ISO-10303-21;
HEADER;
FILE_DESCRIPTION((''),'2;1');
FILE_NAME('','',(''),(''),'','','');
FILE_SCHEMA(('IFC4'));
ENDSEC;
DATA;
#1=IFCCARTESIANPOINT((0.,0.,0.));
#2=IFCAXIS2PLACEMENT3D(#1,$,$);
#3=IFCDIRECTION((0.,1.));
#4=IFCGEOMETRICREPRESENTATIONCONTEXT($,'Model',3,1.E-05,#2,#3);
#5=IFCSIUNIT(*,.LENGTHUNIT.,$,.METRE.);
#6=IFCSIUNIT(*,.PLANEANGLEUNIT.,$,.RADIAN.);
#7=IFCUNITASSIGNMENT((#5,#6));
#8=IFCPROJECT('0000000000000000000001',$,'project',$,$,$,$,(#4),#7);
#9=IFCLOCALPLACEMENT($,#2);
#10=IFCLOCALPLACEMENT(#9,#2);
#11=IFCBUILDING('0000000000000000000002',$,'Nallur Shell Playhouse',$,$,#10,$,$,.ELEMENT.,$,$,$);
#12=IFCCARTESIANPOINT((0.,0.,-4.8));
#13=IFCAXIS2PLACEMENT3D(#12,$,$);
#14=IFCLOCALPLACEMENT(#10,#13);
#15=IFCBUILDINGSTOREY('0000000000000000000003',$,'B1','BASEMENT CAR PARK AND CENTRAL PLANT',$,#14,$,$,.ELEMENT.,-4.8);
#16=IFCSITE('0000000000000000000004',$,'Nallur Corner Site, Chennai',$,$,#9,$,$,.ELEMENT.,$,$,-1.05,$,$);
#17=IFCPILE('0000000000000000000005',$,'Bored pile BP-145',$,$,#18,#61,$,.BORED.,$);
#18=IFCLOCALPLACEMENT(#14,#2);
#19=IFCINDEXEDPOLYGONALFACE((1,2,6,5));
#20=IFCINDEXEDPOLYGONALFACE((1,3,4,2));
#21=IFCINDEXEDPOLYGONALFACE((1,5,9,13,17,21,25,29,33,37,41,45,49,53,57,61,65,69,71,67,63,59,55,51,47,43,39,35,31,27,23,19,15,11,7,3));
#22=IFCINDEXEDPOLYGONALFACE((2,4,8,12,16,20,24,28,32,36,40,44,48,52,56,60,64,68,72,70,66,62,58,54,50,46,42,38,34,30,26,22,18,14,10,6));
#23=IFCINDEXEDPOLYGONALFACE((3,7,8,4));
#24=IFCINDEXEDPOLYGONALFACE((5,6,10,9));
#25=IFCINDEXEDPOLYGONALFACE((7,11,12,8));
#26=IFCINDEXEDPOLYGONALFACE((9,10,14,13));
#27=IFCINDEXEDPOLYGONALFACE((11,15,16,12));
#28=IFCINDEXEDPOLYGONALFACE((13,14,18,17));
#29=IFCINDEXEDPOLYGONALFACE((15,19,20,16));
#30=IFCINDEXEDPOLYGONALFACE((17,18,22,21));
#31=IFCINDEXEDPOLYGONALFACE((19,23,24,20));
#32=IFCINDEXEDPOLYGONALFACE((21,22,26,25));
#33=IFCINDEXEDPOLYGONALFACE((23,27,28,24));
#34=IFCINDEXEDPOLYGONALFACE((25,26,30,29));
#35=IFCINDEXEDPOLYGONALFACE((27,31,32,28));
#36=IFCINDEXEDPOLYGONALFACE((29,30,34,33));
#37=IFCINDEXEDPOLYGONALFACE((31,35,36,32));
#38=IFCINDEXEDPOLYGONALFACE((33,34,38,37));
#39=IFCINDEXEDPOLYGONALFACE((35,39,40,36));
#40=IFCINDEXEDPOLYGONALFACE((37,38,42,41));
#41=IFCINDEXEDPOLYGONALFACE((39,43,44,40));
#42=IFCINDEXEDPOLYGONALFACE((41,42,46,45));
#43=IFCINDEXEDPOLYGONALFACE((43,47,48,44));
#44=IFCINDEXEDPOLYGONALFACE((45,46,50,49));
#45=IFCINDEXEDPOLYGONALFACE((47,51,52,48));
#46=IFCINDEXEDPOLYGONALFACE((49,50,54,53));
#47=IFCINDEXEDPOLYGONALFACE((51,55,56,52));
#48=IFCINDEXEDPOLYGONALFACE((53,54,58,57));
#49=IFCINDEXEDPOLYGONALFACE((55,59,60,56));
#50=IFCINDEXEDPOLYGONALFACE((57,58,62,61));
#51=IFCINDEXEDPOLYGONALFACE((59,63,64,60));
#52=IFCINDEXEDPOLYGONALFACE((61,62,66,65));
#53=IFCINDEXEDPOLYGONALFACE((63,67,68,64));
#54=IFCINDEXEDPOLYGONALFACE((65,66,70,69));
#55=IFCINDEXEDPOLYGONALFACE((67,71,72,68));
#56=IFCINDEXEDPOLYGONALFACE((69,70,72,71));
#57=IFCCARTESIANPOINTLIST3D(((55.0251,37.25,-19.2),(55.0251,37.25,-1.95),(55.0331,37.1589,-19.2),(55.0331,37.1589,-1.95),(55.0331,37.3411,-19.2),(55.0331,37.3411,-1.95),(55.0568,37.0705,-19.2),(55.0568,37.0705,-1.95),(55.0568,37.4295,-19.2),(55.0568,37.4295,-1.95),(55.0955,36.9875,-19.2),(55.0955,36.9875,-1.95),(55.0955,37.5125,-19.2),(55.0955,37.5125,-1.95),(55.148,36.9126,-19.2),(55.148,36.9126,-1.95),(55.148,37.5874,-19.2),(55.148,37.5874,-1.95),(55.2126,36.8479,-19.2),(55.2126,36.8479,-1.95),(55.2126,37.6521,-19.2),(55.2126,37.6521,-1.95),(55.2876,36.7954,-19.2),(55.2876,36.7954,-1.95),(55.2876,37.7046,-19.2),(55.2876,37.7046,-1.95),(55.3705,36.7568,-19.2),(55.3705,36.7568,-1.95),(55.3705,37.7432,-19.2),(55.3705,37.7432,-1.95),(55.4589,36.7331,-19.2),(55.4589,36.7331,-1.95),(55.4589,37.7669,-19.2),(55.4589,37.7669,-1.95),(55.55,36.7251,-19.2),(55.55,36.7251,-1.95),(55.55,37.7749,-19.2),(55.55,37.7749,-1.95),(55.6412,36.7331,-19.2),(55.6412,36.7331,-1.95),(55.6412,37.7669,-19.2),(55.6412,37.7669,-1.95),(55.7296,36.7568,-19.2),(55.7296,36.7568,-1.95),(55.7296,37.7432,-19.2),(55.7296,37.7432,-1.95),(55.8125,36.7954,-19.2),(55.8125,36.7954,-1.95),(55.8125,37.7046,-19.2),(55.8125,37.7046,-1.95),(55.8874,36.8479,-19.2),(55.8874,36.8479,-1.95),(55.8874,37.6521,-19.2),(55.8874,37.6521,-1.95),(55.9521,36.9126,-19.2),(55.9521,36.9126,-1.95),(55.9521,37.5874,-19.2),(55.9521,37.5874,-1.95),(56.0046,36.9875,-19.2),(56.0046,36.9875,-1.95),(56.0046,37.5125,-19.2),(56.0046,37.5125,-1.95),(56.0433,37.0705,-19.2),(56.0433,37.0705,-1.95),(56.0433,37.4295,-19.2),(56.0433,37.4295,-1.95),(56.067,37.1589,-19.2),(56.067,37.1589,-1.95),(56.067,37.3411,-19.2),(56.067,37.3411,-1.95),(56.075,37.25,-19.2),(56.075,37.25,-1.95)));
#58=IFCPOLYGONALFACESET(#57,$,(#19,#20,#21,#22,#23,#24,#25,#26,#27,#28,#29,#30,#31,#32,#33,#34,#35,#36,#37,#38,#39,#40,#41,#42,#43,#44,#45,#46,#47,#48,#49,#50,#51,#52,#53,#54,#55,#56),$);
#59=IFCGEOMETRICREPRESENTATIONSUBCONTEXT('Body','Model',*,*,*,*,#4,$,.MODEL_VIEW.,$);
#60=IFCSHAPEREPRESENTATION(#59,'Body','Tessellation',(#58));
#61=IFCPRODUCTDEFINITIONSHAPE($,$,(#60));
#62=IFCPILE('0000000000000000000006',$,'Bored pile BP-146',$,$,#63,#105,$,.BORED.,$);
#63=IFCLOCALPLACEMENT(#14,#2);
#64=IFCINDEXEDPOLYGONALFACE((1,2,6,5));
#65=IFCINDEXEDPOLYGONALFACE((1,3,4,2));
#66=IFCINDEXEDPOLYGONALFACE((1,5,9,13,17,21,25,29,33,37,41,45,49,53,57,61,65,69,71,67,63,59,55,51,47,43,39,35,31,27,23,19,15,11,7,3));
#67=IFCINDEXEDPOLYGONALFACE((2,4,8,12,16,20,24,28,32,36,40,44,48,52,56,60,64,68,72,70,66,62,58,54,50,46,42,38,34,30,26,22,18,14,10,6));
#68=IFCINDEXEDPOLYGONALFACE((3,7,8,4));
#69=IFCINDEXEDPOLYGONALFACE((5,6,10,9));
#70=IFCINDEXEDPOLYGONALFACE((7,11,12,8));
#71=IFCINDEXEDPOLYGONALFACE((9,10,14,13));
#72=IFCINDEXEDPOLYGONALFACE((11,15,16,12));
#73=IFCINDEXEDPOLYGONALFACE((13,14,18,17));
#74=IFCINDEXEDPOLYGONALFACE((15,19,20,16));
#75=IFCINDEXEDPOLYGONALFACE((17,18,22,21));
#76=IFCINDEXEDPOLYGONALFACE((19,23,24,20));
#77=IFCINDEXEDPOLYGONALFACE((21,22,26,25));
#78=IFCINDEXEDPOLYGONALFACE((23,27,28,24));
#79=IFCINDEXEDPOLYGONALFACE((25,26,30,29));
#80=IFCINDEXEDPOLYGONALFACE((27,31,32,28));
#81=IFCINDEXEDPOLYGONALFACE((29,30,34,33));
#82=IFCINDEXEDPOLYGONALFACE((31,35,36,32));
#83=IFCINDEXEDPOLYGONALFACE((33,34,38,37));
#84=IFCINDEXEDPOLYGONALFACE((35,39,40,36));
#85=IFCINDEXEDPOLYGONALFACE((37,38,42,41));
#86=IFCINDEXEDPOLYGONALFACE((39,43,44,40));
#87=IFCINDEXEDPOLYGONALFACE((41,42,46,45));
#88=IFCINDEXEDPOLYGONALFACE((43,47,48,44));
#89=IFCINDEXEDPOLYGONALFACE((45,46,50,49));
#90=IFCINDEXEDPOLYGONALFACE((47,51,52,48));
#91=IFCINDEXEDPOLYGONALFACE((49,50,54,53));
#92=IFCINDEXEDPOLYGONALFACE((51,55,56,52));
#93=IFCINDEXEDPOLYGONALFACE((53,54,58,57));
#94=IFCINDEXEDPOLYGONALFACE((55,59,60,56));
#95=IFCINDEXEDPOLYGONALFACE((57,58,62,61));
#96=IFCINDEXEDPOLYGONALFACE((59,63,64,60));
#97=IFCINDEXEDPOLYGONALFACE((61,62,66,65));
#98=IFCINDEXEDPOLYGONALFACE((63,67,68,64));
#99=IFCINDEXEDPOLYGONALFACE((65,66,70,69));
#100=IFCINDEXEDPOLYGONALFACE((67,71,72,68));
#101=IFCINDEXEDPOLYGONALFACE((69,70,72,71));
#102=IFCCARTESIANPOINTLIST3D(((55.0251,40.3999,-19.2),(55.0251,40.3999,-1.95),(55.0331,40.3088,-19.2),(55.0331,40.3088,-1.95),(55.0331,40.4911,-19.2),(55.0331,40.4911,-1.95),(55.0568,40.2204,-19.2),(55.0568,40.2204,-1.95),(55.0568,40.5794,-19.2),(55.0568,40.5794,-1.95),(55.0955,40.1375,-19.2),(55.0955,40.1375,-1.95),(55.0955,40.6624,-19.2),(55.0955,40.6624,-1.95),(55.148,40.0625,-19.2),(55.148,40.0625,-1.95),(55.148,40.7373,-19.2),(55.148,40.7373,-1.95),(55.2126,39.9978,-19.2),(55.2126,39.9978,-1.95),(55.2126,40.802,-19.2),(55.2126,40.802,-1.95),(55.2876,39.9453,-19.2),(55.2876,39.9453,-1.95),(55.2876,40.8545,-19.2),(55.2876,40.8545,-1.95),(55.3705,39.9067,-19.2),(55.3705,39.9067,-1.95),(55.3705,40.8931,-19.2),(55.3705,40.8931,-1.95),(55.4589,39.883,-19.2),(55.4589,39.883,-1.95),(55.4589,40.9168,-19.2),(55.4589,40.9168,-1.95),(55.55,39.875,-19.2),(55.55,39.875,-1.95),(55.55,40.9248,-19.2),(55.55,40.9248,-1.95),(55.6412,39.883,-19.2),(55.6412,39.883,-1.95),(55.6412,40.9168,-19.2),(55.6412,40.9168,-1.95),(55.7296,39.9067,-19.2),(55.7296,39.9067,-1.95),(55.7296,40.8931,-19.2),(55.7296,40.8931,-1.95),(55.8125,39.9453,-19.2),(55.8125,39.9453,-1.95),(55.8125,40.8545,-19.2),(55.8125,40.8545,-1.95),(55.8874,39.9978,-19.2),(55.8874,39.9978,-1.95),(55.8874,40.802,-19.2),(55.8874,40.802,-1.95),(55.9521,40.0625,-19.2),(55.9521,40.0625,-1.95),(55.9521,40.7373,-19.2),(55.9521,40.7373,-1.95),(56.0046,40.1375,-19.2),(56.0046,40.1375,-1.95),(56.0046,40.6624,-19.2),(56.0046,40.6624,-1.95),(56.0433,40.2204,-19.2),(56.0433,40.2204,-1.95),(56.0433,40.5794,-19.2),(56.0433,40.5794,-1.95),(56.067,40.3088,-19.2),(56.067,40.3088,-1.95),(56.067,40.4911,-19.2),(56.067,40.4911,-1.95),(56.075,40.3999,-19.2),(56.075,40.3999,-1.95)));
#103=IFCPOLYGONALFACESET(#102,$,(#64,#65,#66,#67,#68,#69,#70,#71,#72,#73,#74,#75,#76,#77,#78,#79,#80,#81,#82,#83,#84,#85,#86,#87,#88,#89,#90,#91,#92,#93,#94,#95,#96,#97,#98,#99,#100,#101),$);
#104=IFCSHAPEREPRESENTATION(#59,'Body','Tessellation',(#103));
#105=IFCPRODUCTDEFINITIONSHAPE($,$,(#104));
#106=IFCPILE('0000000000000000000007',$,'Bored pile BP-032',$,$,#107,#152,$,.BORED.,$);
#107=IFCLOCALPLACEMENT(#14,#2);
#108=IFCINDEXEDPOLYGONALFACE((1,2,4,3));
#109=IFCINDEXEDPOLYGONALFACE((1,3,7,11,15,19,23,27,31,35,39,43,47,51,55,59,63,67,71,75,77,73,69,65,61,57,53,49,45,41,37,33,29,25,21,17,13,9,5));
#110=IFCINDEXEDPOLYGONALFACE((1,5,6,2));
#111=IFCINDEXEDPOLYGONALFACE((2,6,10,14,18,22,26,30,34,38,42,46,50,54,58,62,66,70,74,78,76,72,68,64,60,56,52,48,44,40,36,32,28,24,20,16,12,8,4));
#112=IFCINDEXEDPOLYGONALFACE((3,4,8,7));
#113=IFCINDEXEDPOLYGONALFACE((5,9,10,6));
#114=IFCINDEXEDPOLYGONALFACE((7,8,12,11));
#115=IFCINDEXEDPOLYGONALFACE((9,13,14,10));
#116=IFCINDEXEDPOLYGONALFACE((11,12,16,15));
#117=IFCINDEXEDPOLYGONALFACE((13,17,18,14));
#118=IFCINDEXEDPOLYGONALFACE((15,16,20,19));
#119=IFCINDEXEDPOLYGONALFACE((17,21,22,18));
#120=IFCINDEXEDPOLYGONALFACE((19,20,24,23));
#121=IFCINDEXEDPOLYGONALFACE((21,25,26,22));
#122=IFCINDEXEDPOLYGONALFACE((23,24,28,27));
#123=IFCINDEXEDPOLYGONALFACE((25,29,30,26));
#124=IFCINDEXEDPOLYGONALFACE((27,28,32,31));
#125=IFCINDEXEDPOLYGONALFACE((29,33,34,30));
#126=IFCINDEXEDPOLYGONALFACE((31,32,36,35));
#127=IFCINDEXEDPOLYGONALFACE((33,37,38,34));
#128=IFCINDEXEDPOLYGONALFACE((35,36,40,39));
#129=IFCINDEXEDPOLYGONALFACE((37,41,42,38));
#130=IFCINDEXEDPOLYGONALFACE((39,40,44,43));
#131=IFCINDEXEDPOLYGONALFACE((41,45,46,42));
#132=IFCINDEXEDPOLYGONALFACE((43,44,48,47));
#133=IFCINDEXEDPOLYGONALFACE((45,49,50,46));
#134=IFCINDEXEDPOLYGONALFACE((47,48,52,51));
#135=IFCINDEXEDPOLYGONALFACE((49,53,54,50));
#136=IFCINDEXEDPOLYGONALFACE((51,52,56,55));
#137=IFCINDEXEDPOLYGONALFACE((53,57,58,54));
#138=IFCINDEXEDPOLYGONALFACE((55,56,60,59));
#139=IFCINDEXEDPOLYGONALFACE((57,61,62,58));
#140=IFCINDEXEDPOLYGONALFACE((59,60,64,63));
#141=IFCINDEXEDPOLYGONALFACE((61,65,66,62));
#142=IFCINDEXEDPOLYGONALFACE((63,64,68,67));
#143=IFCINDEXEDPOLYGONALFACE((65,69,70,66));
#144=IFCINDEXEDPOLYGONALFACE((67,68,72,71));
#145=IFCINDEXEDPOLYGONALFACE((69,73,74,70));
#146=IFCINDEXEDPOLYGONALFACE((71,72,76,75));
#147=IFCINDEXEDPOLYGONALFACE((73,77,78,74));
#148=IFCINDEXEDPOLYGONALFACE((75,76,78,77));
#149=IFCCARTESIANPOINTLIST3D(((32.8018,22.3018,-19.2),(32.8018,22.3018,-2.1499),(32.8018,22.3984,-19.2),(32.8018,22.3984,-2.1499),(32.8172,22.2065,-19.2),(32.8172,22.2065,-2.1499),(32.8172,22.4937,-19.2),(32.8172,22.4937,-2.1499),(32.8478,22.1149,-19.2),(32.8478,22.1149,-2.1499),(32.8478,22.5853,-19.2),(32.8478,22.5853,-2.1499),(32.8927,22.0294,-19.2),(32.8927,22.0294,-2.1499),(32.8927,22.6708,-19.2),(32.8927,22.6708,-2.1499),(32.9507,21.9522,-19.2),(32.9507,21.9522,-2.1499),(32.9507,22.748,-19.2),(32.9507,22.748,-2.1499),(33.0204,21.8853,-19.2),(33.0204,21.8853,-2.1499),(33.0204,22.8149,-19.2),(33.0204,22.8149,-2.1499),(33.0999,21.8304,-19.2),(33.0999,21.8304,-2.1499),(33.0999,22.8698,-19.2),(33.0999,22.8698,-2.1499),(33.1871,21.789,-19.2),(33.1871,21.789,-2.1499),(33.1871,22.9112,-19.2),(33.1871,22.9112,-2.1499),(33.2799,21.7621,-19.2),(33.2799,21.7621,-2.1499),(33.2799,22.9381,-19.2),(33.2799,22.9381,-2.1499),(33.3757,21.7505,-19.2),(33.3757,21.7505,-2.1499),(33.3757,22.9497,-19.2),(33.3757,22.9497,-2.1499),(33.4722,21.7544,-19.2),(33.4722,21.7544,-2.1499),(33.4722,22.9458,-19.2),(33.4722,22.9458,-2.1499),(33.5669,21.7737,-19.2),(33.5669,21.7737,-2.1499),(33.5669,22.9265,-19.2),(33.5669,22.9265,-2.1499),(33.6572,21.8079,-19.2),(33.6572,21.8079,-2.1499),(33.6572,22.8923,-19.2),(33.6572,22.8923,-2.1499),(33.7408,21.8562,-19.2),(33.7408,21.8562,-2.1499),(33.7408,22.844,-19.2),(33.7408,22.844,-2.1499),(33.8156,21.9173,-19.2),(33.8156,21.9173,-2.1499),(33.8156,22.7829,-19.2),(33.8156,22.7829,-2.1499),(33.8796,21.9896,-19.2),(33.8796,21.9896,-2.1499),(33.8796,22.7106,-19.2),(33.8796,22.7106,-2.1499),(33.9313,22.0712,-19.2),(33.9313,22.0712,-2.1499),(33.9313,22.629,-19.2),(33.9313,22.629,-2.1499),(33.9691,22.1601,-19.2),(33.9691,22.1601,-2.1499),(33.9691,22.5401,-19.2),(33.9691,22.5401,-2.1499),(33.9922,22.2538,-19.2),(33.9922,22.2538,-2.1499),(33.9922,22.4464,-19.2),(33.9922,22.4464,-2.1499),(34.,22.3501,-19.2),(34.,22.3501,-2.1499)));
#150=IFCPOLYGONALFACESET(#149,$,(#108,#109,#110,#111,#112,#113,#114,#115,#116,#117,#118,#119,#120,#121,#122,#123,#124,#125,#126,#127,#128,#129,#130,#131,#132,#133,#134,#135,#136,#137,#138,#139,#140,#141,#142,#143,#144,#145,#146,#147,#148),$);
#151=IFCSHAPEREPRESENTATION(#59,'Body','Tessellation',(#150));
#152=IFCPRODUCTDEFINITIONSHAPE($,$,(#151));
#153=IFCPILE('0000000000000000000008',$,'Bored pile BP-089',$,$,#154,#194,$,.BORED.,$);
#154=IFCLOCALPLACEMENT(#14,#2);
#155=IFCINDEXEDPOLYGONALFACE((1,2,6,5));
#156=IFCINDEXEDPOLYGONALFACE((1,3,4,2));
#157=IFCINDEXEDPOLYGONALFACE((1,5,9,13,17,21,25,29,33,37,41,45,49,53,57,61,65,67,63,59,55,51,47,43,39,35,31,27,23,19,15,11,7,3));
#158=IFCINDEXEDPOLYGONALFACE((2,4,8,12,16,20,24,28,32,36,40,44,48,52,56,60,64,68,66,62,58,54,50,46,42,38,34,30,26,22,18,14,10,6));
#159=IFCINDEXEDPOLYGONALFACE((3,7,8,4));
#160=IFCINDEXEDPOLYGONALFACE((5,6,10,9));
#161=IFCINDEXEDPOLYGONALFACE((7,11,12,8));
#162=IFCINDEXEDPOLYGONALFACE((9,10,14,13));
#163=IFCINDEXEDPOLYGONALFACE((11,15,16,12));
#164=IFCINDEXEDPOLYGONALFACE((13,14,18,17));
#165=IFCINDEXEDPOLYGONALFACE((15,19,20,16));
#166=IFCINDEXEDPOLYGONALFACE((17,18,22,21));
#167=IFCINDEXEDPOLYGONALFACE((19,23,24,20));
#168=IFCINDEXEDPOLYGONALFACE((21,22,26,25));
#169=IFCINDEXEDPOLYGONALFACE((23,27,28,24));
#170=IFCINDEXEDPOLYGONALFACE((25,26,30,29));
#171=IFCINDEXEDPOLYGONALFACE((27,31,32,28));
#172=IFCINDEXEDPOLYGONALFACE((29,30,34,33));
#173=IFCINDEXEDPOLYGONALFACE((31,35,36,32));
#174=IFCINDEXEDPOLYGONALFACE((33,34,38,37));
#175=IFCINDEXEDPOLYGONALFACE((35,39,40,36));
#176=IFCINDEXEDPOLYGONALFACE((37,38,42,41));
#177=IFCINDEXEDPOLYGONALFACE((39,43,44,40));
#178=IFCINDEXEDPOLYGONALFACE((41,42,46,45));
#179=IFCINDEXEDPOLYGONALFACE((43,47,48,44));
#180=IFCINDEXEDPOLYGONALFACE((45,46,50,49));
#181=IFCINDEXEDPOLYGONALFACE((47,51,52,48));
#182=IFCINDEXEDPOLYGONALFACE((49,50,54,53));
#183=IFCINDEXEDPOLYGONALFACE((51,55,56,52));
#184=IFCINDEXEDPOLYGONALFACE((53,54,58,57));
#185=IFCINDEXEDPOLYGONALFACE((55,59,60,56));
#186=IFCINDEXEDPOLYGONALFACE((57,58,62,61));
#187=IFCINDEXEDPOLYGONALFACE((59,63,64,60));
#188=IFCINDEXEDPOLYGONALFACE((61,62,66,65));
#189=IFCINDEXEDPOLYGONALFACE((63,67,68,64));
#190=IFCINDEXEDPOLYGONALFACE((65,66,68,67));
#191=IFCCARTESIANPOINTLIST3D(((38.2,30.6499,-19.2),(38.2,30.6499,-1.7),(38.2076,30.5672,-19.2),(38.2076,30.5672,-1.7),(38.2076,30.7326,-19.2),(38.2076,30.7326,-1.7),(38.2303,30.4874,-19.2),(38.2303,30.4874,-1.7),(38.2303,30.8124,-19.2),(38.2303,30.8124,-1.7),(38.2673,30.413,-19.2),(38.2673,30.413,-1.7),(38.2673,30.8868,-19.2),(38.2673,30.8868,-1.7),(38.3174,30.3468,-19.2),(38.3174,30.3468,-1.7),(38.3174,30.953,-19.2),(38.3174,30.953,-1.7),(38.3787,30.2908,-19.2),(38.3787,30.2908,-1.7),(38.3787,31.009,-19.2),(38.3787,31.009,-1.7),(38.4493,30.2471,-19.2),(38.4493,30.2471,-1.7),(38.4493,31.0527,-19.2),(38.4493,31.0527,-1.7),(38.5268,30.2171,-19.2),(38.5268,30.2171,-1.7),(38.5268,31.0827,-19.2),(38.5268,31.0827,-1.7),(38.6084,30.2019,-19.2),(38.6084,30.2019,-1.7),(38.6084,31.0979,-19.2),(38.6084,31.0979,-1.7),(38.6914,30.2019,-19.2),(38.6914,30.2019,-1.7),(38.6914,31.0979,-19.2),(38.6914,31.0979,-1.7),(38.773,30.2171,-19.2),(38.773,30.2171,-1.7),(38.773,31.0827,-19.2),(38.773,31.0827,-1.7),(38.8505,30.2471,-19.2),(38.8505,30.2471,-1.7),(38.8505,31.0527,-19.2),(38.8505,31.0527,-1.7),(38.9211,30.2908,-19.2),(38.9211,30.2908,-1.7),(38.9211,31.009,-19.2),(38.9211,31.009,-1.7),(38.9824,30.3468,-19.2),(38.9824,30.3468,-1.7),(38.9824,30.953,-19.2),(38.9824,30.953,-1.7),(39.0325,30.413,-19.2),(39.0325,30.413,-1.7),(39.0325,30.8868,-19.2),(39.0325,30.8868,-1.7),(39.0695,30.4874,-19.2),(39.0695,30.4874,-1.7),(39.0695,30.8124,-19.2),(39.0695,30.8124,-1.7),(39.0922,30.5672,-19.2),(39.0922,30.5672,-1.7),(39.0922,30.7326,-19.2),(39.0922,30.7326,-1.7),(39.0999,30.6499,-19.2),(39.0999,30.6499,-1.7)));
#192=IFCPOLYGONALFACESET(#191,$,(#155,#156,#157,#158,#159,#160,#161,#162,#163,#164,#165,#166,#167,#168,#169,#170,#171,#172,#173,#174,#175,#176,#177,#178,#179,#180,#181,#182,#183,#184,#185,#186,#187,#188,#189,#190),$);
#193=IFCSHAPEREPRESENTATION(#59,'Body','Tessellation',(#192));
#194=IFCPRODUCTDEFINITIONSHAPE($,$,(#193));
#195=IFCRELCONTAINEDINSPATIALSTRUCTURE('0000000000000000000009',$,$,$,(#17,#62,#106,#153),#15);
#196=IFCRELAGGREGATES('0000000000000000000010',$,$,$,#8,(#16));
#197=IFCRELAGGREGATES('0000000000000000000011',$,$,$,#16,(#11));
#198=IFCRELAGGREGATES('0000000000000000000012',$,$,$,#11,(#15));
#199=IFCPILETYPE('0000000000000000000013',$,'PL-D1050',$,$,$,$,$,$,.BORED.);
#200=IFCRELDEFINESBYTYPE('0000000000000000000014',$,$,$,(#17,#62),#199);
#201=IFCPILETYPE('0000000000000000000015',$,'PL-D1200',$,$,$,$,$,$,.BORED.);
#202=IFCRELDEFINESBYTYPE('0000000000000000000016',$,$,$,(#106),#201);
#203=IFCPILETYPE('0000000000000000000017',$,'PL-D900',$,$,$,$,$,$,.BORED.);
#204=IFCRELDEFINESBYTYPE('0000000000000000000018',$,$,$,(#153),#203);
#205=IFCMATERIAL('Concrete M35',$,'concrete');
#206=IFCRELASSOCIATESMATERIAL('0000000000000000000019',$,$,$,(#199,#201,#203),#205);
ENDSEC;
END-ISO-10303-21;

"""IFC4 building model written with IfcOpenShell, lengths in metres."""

from ifc_helpers import new_model, si_unit, direction, frame, origin, origin_2d, place, context, subcontext, project, spatial, circle, extrude, material, material_profile, profile_set, type_object, element, save


model = new_model("IFC4")

# Units and contexts
model_context = context("Model", 3, precision=1e-05, world=origin(), true_north=direction((0.0, 1.0)))
body_context = subcontext(model_context, "Body", "Model", "MODEL_VIEW")
ifc_project = project(units=[si_unit("LENGTHUNIT", "METRE"), si_unit("PLANEANGLEUNIT", "RADIAN")], contexts=[model_context])

# Site, building, storey
site_placement = place(None, origin())
site = spatial("IfcSite", under=ifc_project, at=site_placement, Name="Nallur Corner Site, Chennai", CompositionType="ELEMENT", RefElevation=-1.05)
building_placement = place(site_placement, origin())
building = spatial("IfcBuilding", under=site, at=building_placement, Name="Nallur Shell Playhouse", CompositionType="ELEMENT")
storey_placement = place(building_placement, frame((0.0, 0.0, -4.8)))
storey = spatial("IfcBuildingStorey", under=building, at=storey_placement, Name="B1", Description="BASEMENT CAR PARK AND CENTRAL PLANT", CompositionType="ELEMENT", Elevation=-4.8)

# Shared definitions
ifc_material_1 = material(Name="Concrete M35", Category="concrete")

# Piles
ifc_material_profile_1 = material_profile(ifc_material_1, circle(Radius=0.5249, at=origin_2d()), Name="BORED PILE D1050")
ifc_profile_set_1 = profile_set([ifc_material_profile_1], Name="Concrete M35")
pile_type_1 = type_object("IfcPileType", Name="PL-D1050", PredefinedType="BORED", material=ifc_profile_set_1)
for number, where, z_axis, x_axis, name in (
    (1, (55.55, 37.25, -1.95), (0.0, 0.0, -1.0), (1.0, 0.0, 0.0), "Bored pile BP-145"),
    (2, (55.55, 40.3999, -1.95), (0.0, 0.0, -1.0), (1.0, 0.0, 0.0), "Bored pile BP-146"),
):
    element("IfcPile", number, at=place(storey_placement, frame(where, z_axis=z_axis, x_axis=x_axis)), inside=storey, type_object=pile_type_1, Name=name, PredefinedType="BORED", context=body_context, shape_type="SweptSolid", body=[
        extrude(circle(Radius=0.5249, at=origin_2d()), origin(), (0.0, 0.0, 1.0), 17.25),
    ])
ifc_material_profile_2 = material_profile(ifc_material_1, circle(Radius=0.6001, at=origin_2d()), Name="BORED PILE D1200")
ifc_profile_set_2 = profile_set([ifc_material_profile_2], Name="Concrete M35")
pile_type_2 = type_object("IfcPileType", Name="PL-D1200", PredefinedType="BORED", material=ifc_profile_set_2)
pile_placement = place(storey_placement, frame((33.3999, 22.3501, -2.1499), z_axis=(0.0, 0.0, -1.0), x_axis=(1.0, 0.0, 0.0)))
element("IfcPile", 3, at=pile_placement, inside=storey, type_object=pile_type_2, Name="Bored pile BP-032", PredefinedType="BORED", context=body_context, shape_type="SweptSolid", body=[
    extrude(circle(Radius=0.6001, at=origin_2d()), origin(), (0.0, 0.0, 1.0), 17.05),
])
ifc_material_profile_3 = material_profile(ifc_material_1, circle(Radius=0.45, at=origin_2d()), Name="BORED PILE D900")
ifc_profile_set_3 = profile_set([ifc_material_profile_3], Name="Concrete M35")
pile_type_3 = type_object("IfcPileType", Name="PL-D900", PredefinedType="BORED", material=ifc_profile_set_3)
for number, where, z_axis, x_axis, name in (
    (4, (38.6499, 30.6499, -1.7), (0.0, 0.0, -1.0), (1.0, 0.0, 0.0), "Bored pile BP-089"),
):
    element("IfcPile", number, at=place(storey_placement, frame(where, z_axis=z_axis, x_axis=x_axis)), inside=storey, type_object=pile_type_3, Name=name, PredefinedType="BORED", context=body_context, shape_type="SweptSolid", body=[
        extrude(circle(Radius=0.45, at=origin_2d()), origin(), (0.0, 0.0, 1.0), 17.5),
    ])

save(model, "model.ifc")
